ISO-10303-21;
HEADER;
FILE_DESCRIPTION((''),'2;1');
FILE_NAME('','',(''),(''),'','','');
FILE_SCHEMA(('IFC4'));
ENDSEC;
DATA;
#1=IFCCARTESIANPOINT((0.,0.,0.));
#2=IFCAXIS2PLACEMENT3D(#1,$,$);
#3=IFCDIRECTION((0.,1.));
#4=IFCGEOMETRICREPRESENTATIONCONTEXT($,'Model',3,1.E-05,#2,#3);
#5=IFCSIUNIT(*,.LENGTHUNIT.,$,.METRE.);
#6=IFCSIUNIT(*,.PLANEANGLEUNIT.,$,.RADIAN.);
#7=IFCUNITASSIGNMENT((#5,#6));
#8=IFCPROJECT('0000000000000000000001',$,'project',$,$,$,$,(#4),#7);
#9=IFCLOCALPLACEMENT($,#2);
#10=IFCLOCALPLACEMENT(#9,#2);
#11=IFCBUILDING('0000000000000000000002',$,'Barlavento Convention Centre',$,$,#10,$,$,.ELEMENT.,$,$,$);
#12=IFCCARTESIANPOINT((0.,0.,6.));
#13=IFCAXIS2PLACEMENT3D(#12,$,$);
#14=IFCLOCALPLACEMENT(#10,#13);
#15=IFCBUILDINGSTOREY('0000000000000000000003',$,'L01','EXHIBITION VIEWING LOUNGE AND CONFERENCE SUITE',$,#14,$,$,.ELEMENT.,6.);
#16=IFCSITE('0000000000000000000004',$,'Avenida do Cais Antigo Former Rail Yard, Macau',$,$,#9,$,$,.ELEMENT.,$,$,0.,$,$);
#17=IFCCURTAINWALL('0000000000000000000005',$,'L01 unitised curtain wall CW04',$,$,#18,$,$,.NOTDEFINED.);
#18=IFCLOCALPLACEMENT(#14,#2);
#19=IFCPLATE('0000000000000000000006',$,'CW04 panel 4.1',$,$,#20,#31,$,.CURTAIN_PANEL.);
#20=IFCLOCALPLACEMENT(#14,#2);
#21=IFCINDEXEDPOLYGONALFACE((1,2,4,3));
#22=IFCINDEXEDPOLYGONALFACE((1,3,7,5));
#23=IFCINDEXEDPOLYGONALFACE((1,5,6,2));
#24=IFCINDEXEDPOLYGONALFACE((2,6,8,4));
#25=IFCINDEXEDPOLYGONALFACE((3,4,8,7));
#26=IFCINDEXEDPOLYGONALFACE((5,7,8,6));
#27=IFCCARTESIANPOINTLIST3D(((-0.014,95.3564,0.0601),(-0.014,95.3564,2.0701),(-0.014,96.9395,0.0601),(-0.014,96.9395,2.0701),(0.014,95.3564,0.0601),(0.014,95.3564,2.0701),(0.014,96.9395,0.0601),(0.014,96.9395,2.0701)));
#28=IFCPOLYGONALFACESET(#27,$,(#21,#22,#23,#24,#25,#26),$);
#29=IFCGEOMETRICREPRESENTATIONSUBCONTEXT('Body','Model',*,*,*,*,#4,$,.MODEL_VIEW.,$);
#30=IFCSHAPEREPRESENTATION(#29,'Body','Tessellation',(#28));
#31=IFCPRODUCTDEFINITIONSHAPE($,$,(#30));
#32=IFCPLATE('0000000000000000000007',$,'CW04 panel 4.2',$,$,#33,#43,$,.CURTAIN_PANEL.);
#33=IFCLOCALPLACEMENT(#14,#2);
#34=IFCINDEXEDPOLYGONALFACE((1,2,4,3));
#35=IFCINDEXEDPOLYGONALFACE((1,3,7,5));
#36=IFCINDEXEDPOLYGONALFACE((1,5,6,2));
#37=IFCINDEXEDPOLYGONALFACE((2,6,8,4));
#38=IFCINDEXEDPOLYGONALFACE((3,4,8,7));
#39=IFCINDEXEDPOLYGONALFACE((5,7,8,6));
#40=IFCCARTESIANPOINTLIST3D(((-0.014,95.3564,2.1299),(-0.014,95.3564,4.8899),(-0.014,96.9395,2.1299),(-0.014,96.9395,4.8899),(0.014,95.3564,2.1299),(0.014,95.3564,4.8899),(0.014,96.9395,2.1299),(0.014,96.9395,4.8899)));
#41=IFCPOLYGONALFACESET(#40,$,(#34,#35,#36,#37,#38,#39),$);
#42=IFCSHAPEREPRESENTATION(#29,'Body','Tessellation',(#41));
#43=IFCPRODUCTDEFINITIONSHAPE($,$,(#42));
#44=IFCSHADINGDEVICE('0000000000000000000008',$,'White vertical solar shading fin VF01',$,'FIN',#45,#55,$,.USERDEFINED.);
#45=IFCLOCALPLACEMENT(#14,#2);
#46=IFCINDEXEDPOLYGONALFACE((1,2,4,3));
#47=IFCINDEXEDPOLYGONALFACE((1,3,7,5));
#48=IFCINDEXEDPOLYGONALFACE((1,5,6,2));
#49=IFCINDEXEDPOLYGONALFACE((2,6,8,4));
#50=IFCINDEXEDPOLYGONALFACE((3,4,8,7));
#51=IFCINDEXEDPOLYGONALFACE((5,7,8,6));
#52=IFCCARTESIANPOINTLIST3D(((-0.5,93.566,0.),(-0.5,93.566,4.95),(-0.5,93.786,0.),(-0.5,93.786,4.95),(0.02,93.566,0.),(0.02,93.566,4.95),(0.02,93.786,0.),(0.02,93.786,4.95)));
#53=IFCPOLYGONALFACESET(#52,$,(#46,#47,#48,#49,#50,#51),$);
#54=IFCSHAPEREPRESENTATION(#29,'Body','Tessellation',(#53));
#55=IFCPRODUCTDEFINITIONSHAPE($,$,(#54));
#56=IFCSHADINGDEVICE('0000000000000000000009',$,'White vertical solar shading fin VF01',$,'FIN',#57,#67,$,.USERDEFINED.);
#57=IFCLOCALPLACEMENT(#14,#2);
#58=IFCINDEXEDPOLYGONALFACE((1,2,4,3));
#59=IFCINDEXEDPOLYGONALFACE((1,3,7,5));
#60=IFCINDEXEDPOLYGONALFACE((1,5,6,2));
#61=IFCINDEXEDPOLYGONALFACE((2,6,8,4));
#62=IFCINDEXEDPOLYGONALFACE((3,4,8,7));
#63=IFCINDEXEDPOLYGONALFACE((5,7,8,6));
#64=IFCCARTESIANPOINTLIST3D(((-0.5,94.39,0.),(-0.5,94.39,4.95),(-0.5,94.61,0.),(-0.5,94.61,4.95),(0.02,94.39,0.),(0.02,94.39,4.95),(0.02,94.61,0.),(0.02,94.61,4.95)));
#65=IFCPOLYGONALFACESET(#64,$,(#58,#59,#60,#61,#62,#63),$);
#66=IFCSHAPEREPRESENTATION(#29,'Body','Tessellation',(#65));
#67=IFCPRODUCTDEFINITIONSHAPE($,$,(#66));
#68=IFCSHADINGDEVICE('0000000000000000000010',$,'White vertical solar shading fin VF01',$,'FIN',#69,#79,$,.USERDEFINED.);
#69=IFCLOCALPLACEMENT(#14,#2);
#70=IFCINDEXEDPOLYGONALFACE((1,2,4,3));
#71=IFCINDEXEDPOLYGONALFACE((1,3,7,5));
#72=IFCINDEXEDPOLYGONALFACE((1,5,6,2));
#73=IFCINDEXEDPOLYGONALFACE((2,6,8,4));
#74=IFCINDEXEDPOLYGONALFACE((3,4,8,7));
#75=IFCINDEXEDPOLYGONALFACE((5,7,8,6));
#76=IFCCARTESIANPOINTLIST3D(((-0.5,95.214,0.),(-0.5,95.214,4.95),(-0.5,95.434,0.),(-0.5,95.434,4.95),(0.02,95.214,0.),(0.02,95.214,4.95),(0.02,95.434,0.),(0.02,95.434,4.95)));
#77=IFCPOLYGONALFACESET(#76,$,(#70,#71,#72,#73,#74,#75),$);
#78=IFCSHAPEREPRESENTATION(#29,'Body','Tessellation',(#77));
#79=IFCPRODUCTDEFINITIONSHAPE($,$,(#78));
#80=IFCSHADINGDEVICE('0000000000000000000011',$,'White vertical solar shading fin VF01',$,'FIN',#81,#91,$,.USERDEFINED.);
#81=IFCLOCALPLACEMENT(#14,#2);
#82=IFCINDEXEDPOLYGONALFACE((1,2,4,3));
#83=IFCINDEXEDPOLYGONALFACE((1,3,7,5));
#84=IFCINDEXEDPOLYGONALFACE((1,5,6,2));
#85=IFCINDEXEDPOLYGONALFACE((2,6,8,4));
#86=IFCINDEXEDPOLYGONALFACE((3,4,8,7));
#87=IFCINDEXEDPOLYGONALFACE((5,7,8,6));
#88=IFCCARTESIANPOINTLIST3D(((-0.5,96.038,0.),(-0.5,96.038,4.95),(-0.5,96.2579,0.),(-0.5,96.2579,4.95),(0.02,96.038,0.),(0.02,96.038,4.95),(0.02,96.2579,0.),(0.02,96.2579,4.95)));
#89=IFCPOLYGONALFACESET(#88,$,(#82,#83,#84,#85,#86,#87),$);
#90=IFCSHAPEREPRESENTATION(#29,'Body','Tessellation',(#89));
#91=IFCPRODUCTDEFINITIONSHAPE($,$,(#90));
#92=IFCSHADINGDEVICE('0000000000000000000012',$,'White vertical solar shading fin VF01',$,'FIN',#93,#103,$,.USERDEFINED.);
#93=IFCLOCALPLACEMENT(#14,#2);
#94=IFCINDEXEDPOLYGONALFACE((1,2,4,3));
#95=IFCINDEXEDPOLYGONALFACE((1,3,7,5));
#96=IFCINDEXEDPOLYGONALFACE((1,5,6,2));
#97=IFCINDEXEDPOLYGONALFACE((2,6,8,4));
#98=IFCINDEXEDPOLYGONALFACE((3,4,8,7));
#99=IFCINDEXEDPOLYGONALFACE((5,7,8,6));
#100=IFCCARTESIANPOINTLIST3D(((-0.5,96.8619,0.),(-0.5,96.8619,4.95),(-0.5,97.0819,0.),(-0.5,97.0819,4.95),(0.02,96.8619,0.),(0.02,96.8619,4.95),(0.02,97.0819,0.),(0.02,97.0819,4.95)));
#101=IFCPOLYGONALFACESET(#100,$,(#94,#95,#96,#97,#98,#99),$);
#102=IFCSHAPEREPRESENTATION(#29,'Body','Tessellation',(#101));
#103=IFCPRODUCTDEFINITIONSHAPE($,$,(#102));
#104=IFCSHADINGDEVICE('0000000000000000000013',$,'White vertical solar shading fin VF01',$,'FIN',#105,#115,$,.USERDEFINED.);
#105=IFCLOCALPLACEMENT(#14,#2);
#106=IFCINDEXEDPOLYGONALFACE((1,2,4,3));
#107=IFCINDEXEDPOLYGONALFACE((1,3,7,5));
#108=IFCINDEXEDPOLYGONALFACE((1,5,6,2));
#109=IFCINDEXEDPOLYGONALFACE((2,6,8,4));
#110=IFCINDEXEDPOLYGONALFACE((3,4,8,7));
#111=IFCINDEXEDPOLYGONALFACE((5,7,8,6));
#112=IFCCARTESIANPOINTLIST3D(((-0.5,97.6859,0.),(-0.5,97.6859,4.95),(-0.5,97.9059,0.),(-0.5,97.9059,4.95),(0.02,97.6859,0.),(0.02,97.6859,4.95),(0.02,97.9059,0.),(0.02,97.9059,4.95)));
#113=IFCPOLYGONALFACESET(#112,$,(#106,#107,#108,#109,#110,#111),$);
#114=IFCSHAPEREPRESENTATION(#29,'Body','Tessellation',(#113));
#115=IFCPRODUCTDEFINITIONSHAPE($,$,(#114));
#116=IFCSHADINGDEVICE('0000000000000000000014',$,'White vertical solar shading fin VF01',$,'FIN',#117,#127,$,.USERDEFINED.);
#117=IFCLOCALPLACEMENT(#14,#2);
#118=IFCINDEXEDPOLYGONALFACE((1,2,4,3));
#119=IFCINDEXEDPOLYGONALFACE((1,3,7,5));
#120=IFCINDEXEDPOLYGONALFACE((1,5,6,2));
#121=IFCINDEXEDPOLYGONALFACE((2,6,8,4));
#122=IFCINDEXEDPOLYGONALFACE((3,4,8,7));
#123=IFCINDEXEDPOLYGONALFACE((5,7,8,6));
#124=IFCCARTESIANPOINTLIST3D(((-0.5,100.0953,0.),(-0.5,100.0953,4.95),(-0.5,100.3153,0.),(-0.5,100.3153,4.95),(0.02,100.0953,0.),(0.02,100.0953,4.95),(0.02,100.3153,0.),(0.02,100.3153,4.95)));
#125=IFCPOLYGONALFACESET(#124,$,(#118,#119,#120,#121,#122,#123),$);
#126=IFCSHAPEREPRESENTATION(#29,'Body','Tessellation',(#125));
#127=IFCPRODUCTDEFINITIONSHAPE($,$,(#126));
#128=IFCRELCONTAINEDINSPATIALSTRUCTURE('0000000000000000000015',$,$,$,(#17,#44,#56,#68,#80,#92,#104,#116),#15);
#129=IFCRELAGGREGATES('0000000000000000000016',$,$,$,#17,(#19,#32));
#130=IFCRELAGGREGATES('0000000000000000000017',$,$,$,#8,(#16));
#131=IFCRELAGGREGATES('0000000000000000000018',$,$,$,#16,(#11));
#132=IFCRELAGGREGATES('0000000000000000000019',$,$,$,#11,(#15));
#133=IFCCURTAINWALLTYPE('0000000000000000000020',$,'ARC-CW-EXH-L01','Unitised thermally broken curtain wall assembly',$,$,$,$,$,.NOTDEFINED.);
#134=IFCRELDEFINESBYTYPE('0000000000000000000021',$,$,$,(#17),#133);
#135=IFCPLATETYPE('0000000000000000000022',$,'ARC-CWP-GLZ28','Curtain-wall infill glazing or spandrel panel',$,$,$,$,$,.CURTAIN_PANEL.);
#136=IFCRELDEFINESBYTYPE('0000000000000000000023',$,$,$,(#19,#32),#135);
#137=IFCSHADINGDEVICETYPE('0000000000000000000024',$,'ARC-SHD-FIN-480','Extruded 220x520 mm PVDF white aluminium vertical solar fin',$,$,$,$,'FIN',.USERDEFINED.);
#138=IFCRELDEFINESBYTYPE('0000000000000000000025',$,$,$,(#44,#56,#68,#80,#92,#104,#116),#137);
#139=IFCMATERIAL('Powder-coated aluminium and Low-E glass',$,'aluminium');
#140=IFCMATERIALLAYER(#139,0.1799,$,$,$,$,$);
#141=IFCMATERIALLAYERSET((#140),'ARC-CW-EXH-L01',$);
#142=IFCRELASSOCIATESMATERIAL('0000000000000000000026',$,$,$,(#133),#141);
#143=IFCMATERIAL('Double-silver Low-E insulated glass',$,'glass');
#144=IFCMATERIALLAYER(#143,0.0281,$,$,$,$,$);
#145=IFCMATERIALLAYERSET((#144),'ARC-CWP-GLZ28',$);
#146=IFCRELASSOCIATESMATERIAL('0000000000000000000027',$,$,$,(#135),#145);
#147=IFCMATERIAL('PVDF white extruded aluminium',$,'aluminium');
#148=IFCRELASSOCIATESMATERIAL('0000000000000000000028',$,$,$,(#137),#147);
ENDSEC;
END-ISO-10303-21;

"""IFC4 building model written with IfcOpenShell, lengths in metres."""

from ifc_helpers import new_model, si_unit, direction, frame, origin, origin_2d, place, context, subcontext, project, spatial, rectangle, extrude, material, layer, layer_set, type_object, element, aggregate, save


model = new_model("IFC4")

# Units and contexts
model_context = context("Model", 3, precision=1e-05, world=origin(), true_north=direction((0.0, 1.0)))
body_context = subcontext(model_context, "Body", "Model", "MODEL_VIEW")
ifc_project = project(units=[si_unit("LENGTHUNIT", "METRE"), si_unit("PLANEANGLEUNIT", "RADIAN")], contexts=[model_context])

# Site, building, storey
site_placement = place(None, origin())
site = spatial("IfcSite", under=ifc_project, at=site_placement, Name="Avenida do Cais Antigo Former Rail Yard, Macau", CompositionType="ELEMENT", RefElevation=0.0)
building_placement = place(site_placement, origin())
building = spatial("IfcBuilding", under=site, at=building_placement, Name="Barlavento Convention Centre", CompositionType="ELEMENT")
storey_placement = place(building_placement, frame((0.0, 0.0, 6.0)))
storey = spatial("IfcBuildingStorey", under=building, at=storey_placement, Name="L01", Description="EXHIBITION VIEWING LOUNGE AND CONFERENCE SUITE", CompositionType="ELEMENT", Elevation=6.0)

# Curtain wall, plates
ifc_material_1 = material(Name="Powder-coated aluminium and Low-E glass", Category="aluminium")
ifc_layer_1 = layer(ifc_material_1, 0.1799)
ifc_layer_set_1 = layer_set([ifc_layer_1], Name="ARC-CW-EXH-L01")
curtain_wall_type = type_object("IfcCurtainWallType", Name="ARC-CW-EXH-L01", Description="Unitised thermally broken curtain wall assembly", PredefinedType="NOTDEFINED", material=ifc_layer_set_1)
curtain_wall_placement = place(storey_placement, origin())
curtain_wall = element("IfcCurtainWall", 1, at=curtain_wall_placement, inside=storey, type_object=curtain_wall_type, Name="L01 unitised curtain wall CW04", PredefinedType="NOTDEFINED")
ifc_material_2 = material(Name="Double-silver Low-E insulated glass", Category="glass")
ifc_layer_2 = layer(ifc_material_2, 0.0281)
ifc_layer_set_2 = layer_set([ifc_layer_2], Name="ARC-CWP-GLZ28")
plate_type = type_object("IfcPlateType", Name="ARC-CWP-GLZ28", Description="Curtain-wall infill glazing or spandrel panel", PredefinedType="CURTAIN_PANEL", material=ifc_layer_set_2)
plate_1_placement = place(storey_placement, frame((0.0, 96.1479, 0.0601), z_axis=(0.0, 0.0, 1.0), x_axis=(0.0, 1.0, 0.0)))
plate_1 = element("IfcPlate", 2, at=plate_1_placement, type_object=plate_type, Name="CW04 panel 4.1", PredefinedType="CURTAIN_PANEL", context=body_context, shape_type="SweptSolid", body=[
    extrude(rectangle(XDim=1.583, YDim=0.0281, at=origin_2d()), origin(), (0.0, 0.0, 1.0), 2.01),
])
plate_2_placement = place(storey_placement, frame((0.0, 96.1479, 2.1299), z_axis=(0.0, 0.0, 1.0), x_axis=(0.0, 1.0, 0.0)))
plate_2 = element("IfcPlate", 3, at=plate_2_placement, type_object=plate_type, Name="CW04 panel 4.2", PredefinedType="CURTAIN_PANEL", context=body_context, shape_type="SweptSolid", body=[
    extrude(rectangle(XDim=1.583, YDim=0.0281, at=origin_2d()), origin(), (0.0, 0.0, 1.0), 2.76),
])
aggregate(curtain_wall, [plate_1, plate_2])

# Shading devices
ifc_material_3 = material(Name="PVDF white extruded aluminium", Category="aluminium")
shading_device_type = type_object("IfcShadingDeviceType", Name="ARC-SHD-FIN-480", Description="Extruded 220x520 mm PVDF white aluminium vertical solar fin", ElementType="FIN", PredefinedType="USERDEFINED", material=ifc_material_3)
for number, where, z_axis, x_axis, name in (
    (4, (-0.24, 93.676, 0.0), (0.0, 0.0, 1.0), (0.0, 1.0, 0.0), "White vertical solar shading fin VF01"),
    (5, (-0.24, 94.5, 0.0), (0.0, 0.0, 1.0), (0.0, 1.0, 0.0), "White vertical solar shading fin VF01"),
    (6, (-0.24, 95.324, 0.0), (0.0, 0.0, 1.0), (0.0, 1.0, 0.0), "White vertical solar shading fin VF01"),
    (7, (-0.24, 96.1479, 0.0), (0.0, 0.0, 1.0), (0.0, 1.0, 0.0), "White vertical solar shading fin VF01"),
    (8, (-0.24, 96.9719, 0.0), (0.0, 0.0, 1.0), (0.0, 1.0, 0.0), "White vertical solar shading fin VF01"),
    (9, (-0.24, 97.7959, 0.0), (0.0, 0.0, 1.0), (0.0, 1.0, 0.0), "White vertical solar shading fin VF01"),
    (10, (-0.24, 100.2053, 0.0), (0.0, 0.0, 1.0), (0.0, 1.0, 0.0), "White vertical solar shading fin VF01"),
):
    element("IfcShadingDevice", number, at=place(storey_placement, frame(where, z_axis=z_axis, x_axis=x_axis)), inside=storey, type_object=shading_device_type, Name=name, ObjectType="FIN", PredefinedType="USERDEFINED", context=body_context, shape_type="SweptSolid", body=[
        extrude(rectangle(XDim=0.22, YDim=0.52, at=origin_2d()), origin(), (0.0, 0.0, 1.0), 4.95),
    ])

save(model, "model.ifc")
